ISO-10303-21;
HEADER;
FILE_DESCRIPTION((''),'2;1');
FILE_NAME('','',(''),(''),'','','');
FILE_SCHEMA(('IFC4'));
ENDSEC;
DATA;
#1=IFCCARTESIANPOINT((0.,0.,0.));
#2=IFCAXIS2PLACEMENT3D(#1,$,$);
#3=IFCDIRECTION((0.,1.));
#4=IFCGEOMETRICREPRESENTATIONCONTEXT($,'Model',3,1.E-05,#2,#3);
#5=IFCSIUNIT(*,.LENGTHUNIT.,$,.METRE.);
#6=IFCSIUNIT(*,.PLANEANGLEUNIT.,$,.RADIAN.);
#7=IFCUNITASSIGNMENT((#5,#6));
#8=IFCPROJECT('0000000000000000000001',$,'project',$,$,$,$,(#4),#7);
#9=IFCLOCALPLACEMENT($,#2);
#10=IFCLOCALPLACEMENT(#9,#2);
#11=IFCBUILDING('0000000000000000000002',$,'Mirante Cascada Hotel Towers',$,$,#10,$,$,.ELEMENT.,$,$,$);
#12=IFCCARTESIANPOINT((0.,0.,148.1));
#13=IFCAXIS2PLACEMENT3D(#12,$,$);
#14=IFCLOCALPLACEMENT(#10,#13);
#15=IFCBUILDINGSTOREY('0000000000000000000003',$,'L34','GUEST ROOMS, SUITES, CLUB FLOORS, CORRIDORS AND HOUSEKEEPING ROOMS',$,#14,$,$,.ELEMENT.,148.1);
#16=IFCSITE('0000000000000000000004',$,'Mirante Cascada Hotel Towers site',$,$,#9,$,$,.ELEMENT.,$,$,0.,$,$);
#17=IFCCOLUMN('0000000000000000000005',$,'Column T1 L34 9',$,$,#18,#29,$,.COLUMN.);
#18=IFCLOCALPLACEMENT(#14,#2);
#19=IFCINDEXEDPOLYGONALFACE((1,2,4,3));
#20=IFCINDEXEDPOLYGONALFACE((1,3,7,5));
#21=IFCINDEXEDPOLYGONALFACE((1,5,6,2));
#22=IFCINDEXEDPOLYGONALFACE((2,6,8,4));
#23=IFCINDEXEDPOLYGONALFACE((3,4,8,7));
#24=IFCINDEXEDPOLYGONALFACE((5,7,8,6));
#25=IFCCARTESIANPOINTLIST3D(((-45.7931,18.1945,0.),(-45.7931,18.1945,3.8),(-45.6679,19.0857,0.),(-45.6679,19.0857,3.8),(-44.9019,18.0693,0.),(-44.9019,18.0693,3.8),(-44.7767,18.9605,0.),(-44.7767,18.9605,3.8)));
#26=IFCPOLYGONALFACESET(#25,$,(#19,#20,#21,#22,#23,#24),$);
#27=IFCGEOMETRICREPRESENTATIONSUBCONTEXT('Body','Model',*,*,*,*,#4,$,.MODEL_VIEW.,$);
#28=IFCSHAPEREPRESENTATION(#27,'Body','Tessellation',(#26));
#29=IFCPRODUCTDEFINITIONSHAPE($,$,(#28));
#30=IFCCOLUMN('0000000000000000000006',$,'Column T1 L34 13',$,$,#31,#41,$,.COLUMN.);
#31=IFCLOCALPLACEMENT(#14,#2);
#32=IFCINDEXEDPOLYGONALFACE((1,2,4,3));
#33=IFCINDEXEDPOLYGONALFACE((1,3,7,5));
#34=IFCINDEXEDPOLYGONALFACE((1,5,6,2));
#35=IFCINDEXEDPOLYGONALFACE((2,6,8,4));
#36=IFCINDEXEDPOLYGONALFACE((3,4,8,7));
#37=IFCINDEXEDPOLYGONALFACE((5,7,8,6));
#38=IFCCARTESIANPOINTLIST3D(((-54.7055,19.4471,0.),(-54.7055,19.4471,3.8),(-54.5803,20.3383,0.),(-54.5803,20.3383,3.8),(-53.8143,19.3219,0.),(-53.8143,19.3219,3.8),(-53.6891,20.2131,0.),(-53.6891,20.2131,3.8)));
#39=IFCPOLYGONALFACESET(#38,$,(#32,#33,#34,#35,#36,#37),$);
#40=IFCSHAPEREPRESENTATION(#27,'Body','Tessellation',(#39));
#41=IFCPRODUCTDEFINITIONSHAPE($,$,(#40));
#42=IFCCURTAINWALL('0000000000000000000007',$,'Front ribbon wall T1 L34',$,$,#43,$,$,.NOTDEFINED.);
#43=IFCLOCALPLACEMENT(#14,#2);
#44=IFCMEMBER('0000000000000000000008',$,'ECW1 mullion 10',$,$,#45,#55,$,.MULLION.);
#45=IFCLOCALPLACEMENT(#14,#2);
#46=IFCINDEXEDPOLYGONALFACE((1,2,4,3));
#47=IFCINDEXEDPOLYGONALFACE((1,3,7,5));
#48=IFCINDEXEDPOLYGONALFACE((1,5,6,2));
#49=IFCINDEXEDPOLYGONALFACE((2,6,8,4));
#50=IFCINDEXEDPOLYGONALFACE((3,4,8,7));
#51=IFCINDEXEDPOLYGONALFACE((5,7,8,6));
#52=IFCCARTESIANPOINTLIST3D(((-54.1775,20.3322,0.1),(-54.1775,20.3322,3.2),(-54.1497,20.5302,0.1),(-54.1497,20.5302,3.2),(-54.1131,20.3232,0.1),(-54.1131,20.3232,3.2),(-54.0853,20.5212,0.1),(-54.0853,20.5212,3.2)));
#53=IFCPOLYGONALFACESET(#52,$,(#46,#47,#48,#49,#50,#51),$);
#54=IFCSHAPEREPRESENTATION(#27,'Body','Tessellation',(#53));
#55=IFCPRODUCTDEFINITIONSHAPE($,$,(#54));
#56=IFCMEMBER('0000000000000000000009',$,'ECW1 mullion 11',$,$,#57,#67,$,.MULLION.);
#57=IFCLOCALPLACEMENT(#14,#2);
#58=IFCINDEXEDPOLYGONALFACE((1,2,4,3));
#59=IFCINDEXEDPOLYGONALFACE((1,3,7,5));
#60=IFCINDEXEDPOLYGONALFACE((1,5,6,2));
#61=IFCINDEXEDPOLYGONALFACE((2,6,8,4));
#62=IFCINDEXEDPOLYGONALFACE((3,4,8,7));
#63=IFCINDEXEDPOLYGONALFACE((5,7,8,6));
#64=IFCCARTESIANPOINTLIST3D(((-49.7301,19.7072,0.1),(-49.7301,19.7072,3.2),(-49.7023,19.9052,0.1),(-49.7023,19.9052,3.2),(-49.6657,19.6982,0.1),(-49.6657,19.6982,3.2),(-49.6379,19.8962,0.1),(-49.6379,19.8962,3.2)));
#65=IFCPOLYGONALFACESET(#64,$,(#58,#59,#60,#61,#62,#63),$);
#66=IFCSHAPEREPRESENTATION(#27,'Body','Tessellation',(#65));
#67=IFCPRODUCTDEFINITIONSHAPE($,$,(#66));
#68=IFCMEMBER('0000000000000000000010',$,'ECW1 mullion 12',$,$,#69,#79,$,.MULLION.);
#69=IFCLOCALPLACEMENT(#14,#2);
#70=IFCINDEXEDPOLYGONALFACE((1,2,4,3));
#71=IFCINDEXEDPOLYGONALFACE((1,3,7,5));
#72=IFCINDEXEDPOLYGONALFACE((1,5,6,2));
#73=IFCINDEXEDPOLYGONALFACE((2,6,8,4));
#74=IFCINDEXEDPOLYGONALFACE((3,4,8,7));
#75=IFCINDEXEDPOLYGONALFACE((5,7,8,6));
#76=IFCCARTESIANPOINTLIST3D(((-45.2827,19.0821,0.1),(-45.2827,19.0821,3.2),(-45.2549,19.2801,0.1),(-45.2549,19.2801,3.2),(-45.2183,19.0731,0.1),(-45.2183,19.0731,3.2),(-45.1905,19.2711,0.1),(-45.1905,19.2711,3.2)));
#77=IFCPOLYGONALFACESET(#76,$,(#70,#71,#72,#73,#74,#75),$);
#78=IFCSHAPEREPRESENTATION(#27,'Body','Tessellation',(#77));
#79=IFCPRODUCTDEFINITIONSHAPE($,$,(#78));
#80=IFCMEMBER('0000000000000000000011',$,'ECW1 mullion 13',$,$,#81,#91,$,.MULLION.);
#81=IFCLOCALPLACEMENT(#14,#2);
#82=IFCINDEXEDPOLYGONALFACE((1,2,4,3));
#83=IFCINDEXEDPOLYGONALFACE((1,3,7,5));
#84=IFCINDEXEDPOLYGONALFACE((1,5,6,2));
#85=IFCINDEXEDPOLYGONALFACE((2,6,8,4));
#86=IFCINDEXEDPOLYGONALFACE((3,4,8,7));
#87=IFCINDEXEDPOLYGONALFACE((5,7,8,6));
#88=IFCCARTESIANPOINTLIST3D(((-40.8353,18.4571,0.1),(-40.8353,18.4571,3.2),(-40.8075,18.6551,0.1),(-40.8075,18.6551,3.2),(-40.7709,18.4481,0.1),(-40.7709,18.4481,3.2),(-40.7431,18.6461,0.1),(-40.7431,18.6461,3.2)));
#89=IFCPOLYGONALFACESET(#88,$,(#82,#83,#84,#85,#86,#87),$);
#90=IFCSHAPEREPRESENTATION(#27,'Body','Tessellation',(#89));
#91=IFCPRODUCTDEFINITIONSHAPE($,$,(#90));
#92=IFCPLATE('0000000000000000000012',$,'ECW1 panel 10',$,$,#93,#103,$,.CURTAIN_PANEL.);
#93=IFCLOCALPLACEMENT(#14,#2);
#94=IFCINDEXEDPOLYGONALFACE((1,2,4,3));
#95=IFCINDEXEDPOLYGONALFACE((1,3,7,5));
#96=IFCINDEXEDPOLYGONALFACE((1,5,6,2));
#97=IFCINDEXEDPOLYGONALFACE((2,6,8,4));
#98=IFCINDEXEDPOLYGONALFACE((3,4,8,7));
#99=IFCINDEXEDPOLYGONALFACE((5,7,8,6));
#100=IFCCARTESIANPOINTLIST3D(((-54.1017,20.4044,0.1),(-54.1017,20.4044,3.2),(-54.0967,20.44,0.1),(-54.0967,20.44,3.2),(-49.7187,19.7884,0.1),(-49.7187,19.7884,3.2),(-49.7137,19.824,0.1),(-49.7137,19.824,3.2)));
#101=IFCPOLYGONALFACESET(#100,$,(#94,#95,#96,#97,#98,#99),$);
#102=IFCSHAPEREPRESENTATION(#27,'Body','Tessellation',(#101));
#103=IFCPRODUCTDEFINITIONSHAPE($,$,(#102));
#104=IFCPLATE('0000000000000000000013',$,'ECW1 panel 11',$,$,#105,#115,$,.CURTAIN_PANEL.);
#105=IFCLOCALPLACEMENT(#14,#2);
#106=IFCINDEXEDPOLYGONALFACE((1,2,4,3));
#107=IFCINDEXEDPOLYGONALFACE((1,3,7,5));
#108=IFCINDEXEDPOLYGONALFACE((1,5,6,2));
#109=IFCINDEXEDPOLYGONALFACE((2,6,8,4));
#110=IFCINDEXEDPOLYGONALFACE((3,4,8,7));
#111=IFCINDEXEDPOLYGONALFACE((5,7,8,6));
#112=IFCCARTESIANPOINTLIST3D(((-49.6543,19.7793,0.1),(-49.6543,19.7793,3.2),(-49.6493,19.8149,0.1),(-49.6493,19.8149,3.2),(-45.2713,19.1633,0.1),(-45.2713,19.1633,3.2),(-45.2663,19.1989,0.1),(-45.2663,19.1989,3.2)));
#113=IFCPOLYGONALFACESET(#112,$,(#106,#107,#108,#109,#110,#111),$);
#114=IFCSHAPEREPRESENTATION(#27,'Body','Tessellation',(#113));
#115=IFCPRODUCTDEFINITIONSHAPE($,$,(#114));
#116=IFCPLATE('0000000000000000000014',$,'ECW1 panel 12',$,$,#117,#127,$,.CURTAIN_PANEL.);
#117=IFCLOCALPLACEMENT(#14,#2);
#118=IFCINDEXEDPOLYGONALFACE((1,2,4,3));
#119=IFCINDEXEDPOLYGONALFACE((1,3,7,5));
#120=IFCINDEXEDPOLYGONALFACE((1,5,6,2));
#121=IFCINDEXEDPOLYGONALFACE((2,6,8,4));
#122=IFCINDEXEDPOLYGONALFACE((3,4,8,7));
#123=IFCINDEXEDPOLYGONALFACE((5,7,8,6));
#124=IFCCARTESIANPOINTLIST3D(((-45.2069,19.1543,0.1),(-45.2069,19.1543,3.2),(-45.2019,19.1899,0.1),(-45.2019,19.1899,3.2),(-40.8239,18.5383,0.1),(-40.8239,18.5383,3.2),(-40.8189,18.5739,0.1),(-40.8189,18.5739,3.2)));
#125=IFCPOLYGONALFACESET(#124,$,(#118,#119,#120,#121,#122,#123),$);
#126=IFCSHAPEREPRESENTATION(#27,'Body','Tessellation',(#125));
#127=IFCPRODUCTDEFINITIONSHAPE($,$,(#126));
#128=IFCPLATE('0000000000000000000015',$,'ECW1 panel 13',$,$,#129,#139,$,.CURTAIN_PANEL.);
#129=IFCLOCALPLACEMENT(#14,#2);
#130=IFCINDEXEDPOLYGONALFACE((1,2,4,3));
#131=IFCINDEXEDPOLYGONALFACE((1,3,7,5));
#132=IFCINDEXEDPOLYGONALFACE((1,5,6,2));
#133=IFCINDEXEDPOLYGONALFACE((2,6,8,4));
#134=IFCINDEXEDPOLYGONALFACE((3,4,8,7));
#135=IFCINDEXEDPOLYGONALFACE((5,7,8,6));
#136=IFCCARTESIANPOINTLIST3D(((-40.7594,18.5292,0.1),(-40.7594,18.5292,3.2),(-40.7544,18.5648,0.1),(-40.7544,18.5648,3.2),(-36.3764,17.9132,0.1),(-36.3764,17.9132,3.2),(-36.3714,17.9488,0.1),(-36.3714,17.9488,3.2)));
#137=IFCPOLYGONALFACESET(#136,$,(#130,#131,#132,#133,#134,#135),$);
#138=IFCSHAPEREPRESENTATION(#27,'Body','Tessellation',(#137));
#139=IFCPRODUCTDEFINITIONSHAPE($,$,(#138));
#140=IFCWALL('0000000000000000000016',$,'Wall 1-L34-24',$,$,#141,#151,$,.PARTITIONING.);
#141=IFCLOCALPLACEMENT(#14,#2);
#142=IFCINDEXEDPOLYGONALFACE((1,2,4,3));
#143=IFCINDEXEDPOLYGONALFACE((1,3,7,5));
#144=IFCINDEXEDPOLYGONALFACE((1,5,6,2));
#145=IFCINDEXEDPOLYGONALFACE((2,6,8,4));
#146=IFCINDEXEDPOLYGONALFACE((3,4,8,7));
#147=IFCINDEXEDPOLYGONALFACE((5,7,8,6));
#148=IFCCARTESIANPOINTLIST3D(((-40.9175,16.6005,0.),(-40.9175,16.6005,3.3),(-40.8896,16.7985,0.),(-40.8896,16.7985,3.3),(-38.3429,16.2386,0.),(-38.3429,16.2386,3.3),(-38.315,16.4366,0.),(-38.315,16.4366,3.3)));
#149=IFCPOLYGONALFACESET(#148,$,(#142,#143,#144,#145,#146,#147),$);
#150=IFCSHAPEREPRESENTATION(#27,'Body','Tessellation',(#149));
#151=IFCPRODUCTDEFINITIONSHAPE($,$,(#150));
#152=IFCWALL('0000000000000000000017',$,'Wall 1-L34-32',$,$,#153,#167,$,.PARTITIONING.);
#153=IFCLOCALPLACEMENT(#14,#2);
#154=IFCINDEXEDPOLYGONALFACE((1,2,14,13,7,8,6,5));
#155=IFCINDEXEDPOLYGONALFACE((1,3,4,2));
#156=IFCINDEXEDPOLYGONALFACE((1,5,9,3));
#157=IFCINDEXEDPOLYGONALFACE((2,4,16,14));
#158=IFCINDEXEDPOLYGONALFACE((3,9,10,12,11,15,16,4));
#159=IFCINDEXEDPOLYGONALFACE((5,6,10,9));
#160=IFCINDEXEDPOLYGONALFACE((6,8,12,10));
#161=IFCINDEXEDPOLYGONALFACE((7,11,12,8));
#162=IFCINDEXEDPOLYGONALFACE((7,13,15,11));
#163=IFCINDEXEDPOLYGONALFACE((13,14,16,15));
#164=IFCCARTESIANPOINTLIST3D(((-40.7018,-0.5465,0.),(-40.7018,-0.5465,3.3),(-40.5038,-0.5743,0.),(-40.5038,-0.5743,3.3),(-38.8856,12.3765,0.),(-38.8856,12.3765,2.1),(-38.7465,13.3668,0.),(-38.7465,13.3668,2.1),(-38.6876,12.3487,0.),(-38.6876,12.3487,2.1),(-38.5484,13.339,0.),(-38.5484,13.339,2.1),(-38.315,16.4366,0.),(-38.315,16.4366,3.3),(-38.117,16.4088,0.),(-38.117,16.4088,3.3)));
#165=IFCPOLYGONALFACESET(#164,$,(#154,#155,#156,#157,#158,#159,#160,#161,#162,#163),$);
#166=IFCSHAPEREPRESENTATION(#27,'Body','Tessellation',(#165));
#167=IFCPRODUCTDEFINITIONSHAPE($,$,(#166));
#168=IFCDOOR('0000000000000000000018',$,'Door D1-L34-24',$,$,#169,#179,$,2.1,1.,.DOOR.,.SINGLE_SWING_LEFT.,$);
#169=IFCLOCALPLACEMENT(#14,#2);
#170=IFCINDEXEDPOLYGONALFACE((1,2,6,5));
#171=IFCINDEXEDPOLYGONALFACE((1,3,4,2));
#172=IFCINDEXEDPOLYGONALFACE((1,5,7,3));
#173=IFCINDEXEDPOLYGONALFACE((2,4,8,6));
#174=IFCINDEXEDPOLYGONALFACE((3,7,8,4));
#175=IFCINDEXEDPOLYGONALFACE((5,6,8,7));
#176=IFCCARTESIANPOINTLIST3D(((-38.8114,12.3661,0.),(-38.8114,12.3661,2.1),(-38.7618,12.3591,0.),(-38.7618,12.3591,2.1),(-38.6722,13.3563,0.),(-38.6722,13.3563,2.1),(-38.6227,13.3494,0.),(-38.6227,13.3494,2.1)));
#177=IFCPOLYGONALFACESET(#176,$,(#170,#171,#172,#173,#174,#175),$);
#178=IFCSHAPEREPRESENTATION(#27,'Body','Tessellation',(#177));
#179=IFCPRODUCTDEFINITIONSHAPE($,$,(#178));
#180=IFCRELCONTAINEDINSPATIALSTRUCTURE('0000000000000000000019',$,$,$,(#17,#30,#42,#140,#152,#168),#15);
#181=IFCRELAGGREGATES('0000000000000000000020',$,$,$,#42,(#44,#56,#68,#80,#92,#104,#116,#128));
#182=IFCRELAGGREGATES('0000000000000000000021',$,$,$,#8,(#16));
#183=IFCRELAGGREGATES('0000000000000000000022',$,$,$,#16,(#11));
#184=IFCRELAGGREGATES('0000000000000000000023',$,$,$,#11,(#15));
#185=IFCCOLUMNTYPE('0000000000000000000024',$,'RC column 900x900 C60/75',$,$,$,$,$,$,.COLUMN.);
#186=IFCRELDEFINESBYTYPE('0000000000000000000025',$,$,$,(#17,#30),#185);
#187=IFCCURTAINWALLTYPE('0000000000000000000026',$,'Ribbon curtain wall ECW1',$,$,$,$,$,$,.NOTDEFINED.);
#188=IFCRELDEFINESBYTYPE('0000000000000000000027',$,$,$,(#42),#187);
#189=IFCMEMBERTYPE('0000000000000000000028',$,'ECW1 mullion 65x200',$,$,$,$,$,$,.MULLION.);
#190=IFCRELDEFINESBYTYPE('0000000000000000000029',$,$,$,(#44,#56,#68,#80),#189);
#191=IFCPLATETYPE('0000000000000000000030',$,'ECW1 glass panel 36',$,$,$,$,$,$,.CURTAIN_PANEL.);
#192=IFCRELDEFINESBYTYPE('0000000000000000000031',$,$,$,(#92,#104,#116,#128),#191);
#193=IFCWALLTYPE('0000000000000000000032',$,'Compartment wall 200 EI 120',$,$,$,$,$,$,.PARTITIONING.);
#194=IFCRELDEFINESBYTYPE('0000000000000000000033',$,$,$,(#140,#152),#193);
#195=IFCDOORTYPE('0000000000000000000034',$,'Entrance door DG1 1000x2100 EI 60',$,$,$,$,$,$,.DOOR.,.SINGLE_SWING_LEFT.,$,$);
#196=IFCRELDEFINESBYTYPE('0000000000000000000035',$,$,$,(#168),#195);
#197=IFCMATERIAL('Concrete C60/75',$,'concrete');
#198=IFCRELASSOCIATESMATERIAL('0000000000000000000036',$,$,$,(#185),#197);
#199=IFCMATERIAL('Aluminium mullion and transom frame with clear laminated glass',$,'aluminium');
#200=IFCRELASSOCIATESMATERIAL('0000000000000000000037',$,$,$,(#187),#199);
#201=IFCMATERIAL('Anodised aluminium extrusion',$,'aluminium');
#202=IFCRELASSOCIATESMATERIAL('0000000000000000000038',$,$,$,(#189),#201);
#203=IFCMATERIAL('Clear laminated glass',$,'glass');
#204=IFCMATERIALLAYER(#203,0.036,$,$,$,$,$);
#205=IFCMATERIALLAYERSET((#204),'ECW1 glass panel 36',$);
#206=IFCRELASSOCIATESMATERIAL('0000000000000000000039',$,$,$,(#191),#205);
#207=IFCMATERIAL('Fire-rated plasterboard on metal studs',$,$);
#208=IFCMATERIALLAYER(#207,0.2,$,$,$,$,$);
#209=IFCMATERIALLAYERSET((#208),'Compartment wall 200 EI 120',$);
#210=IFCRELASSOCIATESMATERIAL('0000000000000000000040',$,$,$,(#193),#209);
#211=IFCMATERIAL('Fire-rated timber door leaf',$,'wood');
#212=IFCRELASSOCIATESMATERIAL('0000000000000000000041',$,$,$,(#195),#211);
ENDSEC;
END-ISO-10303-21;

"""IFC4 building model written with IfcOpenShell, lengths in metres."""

from ifc_helpers import new_model, si_unit, direction, frame, frame_2d, origin, origin_2d, place, context, subcontext, project, spatial, rectangle, extrude, material, layer, layer_set, material_profile, profile_set, type_object, element, fill, aggregate, save


model = new_model("IFC4")

# Units and contexts
model_context = context("Model", 3, precision=1e-05, world=origin(), true_north=direction((0.0, 1.0)))
body_context = subcontext(model_context, "Body", "Model", "MODEL_VIEW")
ifc_project = project(units=[si_unit("LENGTHUNIT", "METRE"), si_unit("PLANEANGLEUNIT", "RADIAN")], contexts=[model_context])

# Site, building, storey
site_placement = place(None, origin())
site = spatial("IfcSite", under=ifc_project, at=site_placement, Name="Mirante Cascada Hotel Towers site", CompositionType="ELEMENT", RefElevation=0.0)
building_placement = place(site_placement, origin())
building = spatial("IfcBuilding", under=site, at=building_placement, Name="Mirante Cascada Hotel Towers", CompositionType="ELEMENT")
storey_placement = place(building_placement, frame((0.0, 0.0, 148.1)))
storey = spatial("IfcBuildingStorey", under=building, at=storey_placement, Name="L34", Description="GUEST ROOMS, SUITES, CLUB FLOORS, CORRIDORS AND HOUSEKEEPING ROOMS", CompositionType="ELEMENT", Elevation=148.1)

# Columns
ifc_material_1 = material(Name="Concrete C60/75", Category="concrete")
ifc_material_profile_1 = material_profile(ifc_material_1, rectangle(XDim=0.9, YDim=0.9, at=origin_2d()), Name="RC column 900x900 C60/75")
ifc_profile_set_1 = profile_set([ifc_material_profile_1], Name="Concrete C60/75")
column_type = type_object("IfcColumnType", Name="RC column 900x900 C60/75", PredefinedType="COLUMN", material=ifc_profile_set_1)
for number, where, z_axis, x_axis, name in (
    (1, (-45.2849, 18.5775, 0.0), (0.0, 0.0, 1.0), (-0.990268, 0.139173, 0.0), "Column T1 L34 9"),
    (2, (-54.1973, 19.8301, 0.0), (0.0, 0.0, 1.0), (-0.990268, 0.139173, 0.0), "Column T1 L34 13"),
):
    element("IfcColumn", number, at=place(storey_placement, frame(where, z_axis=z_axis, x_axis=x_axis)), inside=storey, type_object=column_type, Name=name, PredefinedType="COLUMN", context=body_context, shape_type="SweptSolid", body=[
        extrude(rectangle(XDim=0.9, YDim=0.9, at=origin_2d()), origin(), (0.0, 0.0, 1.0), 3.8),
    ])

# Curtain wall, members, plates
ifc_material_2 = material(Name="Aluminium mullion and transom frame with clear laminated glass", Category="aluminium")
curtain_wall_type = type_object("IfcCurtainWallType", Name="Ribbon curtain wall ECW1", PredefinedType="NOTDEFINED", material=ifc_material_2)
curtain_wall_placement = place(storey_placement, origin())
curtain_wall = element("IfcCurtainWall", 3, at=curtain_wall_placement, inside=storey, type_object=curtain_wall_type, Name="Front ribbon wall T1 L34", PredefinedType="NOTDEFINED")
ifc_material_3 = material(Name="Anodised aluminium extrusion", Category="aluminium")
ifc_material_profile_2 = material_profile(ifc_material_3, rectangle(XDim=0.2, YDim=0.065, at=origin_2d()), Name="ECW1 MULLION 65x200")
ifc_profile_set_2 = profile_set([ifc_material_profile_2], Name="Anodised aluminium extrusion")
member_type = type_object("IfcMemberType", Name="ECW1 mullion 65x200", PredefinedType="MULLION", material=ifc_profile_set_2)
member_1_placement = place(storey_placement, frame((-54.1314, 20.4267, 0.1), z_axis=(0.0, 0.0, 1.0), x_axis=(0.139173, 0.990268, 0.0)))
member_1 = element("IfcMember", 4, at=member_1_placement, type_object=member_type, Name="ECW1 mullion 10", PredefinedType="MULLION", context=body_context, shape_type="SweptSolid", body=[
    extrude(rectangle(XDim=0.2, YDim=0.065, at=origin_2d()), origin(), (0.0, 0.0, 1.0), 3.1),
])
member_2_placement = place(storey_placement, frame((-49.684, 19.8017, 0.1), z_axis=(0.0, 0.0, 1.0), x_axis=(0.139173, 0.990268, 0.0)))
member_2 = element("IfcMember", 5, at=member_2_placement, type_object=member_type, Name="ECW1 mullion 11", PredefinedType="MULLION", context=body_context, shape_type="SweptSolid", body=[
    extrude(rectangle(XDim=0.2, YDim=0.065, at=origin_2d()), origin(), (0.0, 0.0, 1.0), 3.1),
])
member_3_placement = place(storey_placement, frame((-45.2366, 19.1766, 0.1), z_axis=(0.0, 0.0, 1.0), x_axis=(0.139173, 0.990268, 0.0)))
member_3 = element("IfcMember", 6, at=member_3_placement, type_object=member_type, Name="ECW1 mullion 12", PredefinedType="MULLION", context=body_context, shape_type="SweptSolid", body=[
    extrude(rectangle(XDim=0.2, YDim=0.065, at=origin_2d()), origin(), (0.0, 0.0, 1.0), 3.1),
])
member_4_placement = place(storey_placement, frame((-40.7892, 18.5516, 0.1), z_axis=(0.0, 0.0, 1.0), x_axis=(0.139173, 0.990268, 0.0)))
member_4 = element("IfcMember", 7, at=member_4_placement, type_object=member_type, Name="ECW1 mullion 13", PredefinedType="MULLION", context=body_context, shape_type="SweptSolid", body=[
    extrude(rectangle(XDim=0.2, YDim=0.065, at=origin_2d()), origin(), (0.0, 0.0, 1.0), 3.1),
])
ifc_material_4 = material(Name="Clear laminated glass", Category="glass")
ifc_layer_1 = layer(ifc_material_4, 0.036)
ifc_layer_set_1 = layer_set([ifc_layer_1], Name="ECW1 glass panel 36")
plate_type = type_object("IfcPlateType", Name="ECW1 glass panel 36", PredefinedType="CURTAIN_PANEL", material=ifc_layer_set_1)
plate_1_placement = place(storey_placement, frame((-51.9077, 20.1142, 0.1), z_axis=(0.0, 0.0, 1.0), x_axis=(0.990268, -0.139173, 0.0)))
plate_1 = element("IfcPlate", 8, at=plate_1_placement, type_object=plate_type, Name="ECW1 panel 10", PredefinedType="CURTAIN_PANEL", context=body_context, shape_type="SweptSolid", body=[
    extrude(rectangle(XDim=4.4261, YDim=0.036, at=origin_2d()), origin(), (0.0, 0.0, 1.0), 3.1),
])
plate_2_placement = place(storey_placement, frame((-47.4603, 19.4891, 0.1), z_axis=(0.0, 0.0, 1.0), x_axis=(0.990268, -0.139173, 0.0)))
plate_2 = element("IfcPlate", 9, at=plate_2_placement, type_object=plate_type, Name="ECW1 panel 11", PredefinedType="CURTAIN_PANEL", context=body_context, shape_type="SweptSolid", body=[
    extrude(rectangle(XDim=4.4261, YDim=0.036, at=origin_2d()), origin(), (0.0, 0.0, 1.0), 3.1),
])
plate_3_placement = place(storey_placement, frame((-43.0129, 18.8641, 0.1), z_axis=(0.0, 0.0, 1.0), x_axis=(0.990268, -0.139173, 0.0)))
plate_3 = element("IfcPlate", 10, at=plate_3_placement, type_object=plate_type, Name="ECW1 panel 12", PredefinedType="CURTAIN_PANEL", context=body_context, shape_type="SweptSolid", body=[
    extrude(rectangle(XDim=4.4261, YDim=0.036, at=origin_2d()), origin(), (0.0, 0.0, 1.0), 3.1),
])
plate_4_placement = place(storey_placement, frame((-38.5654, 18.239, 0.1), z_axis=(0.0, 0.0, 1.0), x_axis=(0.990268, -0.139173, 0.0)))
plate_4 = element("IfcPlate", 11, at=plate_4_placement, type_object=plate_type, Name="ECW1 panel 13", PredefinedType="CURTAIN_PANEL", context=body_context, shape_type="SweptSolid", body=[
    extrude(rectangle(XDim=4.4261, YDim=0.036, at=origin_2d()), origin(), (0.0, 0.0, 1.0), 3.1),
])
aggregate(curtain_wall, [member_1, member_2, member_3, member_4, plate_1, plate_2, plate_3, plate_4])

# Wall
ifc_material_5 = material(Name="Fire-rated plasterboard on metal studs")
ifc_layer_2 = layer(ifc_material_5, 0.2)
ifc_layer_set_2 = layer_set([ifc_layer_2], Name="Compartment wall 200 EI 120")
wall_type_1 = type_object("IfcWallType", Name="Compartment wall 200 EI 120", PredefinedType="PARTITIONING", material=ifc_layer_set_2)
wall_1_placement = place(storey_placement, frame((-40.9036, 16.6995, 0.0), z_axis=(0.0, 0.0, 1.0), x_axis=(0.990265, -0.139197, 0.0)))
element("IfcWall", 12, at=wall_1_placement, inside=storey, type_object=wall_type_1, Name="Wall 1-L34-24", PredefinedType="PARTITIONING", context=body_context, shape_type="SweptSolid", body=[
    extrude(rectangle(XDim=2.5999, YDim=0.2, at=frame_2d((1.3, 0.0))), origin(), (0.0, 0.0, 1.0), 3.3),
])

# Wall, opening, door
wall_2_placement = place(storey_placement, frame((-38.216, 16.4227, 0.0), z_axis=(0.0, 0.0, 1.0), x_axis=(-0.139172, -0.990268, 0.0)))
wall_2 = element("IfcWall", 13, at=wall_2_placement, inside=storey, type_object=wall_type_1, Name="Wall 1-L34-32", PredefinedType="PARTITIONING", context=body_context, shape_type="SweptSolid", body=[
    extrude(rectangle(XDim=17.15, YDim=0.2, at=frame_2d((8.575, 0.0))), origin(), (0.0, 0.0, 1.0), 3.3),
])
opening_1_placement = place(wall_2_placement, frame((3.1, 0.0, 0.0)))
opening_1 = element("IfcOpeningElement", 14, at=opening_1_placement, cuts=wall_2, PredefinedType="OPENING", context=body_context, shape_type="SweptSolid", body=[
    extrude(rectangle(XDim=1.0, YDim=2.1, at=frame_2d((0.5, 1.05))), frame((0.0, 0.1, 0.0), z_axis=(0.0, -1.0, 0.0), x_axis=(1.0, 0.0, 0.0)), (0.0, 0.0, 1.0), 0.2),
])
ifc_material_6 = material(Name="Fire-rated timber door leaf", Category="wood")
door_type_1 = type_object("IfcDoorType", Name="Entrance door DG1 1000x2100 EI 60", OperationType="SINGLE_SWING_LEFT", PredefinedType="DOOR", material=ifc_material_6)
door_1_placement = place(opening_1_placement, origin())
door_1 = element("IfcDoor", 15, at=door_1_placement, inside=storey, type_object=door_type_1, Name="Door D1-L34-24", OperationType="SINGLE_SWING_LEFT", OverallHeight=2.1, OverallWidth=1.0, PredefinedType="DOOR", context=body_context, shape_type="SweptSolid", body=[
    extrude(rectangle(XDim=1.0, YDim=2.1, at=frame_2d((0.5, 1.05))), frame((0.0, 0.025, 0.0), z_axis=(0.0, -1.0, 0.0), x_axis=(1.0, 0.0, 0.0)), (0.0, 0.0, 1.0), 0.05),
])
fill(opening_1, door_1)

save(model, "model.ifc")
